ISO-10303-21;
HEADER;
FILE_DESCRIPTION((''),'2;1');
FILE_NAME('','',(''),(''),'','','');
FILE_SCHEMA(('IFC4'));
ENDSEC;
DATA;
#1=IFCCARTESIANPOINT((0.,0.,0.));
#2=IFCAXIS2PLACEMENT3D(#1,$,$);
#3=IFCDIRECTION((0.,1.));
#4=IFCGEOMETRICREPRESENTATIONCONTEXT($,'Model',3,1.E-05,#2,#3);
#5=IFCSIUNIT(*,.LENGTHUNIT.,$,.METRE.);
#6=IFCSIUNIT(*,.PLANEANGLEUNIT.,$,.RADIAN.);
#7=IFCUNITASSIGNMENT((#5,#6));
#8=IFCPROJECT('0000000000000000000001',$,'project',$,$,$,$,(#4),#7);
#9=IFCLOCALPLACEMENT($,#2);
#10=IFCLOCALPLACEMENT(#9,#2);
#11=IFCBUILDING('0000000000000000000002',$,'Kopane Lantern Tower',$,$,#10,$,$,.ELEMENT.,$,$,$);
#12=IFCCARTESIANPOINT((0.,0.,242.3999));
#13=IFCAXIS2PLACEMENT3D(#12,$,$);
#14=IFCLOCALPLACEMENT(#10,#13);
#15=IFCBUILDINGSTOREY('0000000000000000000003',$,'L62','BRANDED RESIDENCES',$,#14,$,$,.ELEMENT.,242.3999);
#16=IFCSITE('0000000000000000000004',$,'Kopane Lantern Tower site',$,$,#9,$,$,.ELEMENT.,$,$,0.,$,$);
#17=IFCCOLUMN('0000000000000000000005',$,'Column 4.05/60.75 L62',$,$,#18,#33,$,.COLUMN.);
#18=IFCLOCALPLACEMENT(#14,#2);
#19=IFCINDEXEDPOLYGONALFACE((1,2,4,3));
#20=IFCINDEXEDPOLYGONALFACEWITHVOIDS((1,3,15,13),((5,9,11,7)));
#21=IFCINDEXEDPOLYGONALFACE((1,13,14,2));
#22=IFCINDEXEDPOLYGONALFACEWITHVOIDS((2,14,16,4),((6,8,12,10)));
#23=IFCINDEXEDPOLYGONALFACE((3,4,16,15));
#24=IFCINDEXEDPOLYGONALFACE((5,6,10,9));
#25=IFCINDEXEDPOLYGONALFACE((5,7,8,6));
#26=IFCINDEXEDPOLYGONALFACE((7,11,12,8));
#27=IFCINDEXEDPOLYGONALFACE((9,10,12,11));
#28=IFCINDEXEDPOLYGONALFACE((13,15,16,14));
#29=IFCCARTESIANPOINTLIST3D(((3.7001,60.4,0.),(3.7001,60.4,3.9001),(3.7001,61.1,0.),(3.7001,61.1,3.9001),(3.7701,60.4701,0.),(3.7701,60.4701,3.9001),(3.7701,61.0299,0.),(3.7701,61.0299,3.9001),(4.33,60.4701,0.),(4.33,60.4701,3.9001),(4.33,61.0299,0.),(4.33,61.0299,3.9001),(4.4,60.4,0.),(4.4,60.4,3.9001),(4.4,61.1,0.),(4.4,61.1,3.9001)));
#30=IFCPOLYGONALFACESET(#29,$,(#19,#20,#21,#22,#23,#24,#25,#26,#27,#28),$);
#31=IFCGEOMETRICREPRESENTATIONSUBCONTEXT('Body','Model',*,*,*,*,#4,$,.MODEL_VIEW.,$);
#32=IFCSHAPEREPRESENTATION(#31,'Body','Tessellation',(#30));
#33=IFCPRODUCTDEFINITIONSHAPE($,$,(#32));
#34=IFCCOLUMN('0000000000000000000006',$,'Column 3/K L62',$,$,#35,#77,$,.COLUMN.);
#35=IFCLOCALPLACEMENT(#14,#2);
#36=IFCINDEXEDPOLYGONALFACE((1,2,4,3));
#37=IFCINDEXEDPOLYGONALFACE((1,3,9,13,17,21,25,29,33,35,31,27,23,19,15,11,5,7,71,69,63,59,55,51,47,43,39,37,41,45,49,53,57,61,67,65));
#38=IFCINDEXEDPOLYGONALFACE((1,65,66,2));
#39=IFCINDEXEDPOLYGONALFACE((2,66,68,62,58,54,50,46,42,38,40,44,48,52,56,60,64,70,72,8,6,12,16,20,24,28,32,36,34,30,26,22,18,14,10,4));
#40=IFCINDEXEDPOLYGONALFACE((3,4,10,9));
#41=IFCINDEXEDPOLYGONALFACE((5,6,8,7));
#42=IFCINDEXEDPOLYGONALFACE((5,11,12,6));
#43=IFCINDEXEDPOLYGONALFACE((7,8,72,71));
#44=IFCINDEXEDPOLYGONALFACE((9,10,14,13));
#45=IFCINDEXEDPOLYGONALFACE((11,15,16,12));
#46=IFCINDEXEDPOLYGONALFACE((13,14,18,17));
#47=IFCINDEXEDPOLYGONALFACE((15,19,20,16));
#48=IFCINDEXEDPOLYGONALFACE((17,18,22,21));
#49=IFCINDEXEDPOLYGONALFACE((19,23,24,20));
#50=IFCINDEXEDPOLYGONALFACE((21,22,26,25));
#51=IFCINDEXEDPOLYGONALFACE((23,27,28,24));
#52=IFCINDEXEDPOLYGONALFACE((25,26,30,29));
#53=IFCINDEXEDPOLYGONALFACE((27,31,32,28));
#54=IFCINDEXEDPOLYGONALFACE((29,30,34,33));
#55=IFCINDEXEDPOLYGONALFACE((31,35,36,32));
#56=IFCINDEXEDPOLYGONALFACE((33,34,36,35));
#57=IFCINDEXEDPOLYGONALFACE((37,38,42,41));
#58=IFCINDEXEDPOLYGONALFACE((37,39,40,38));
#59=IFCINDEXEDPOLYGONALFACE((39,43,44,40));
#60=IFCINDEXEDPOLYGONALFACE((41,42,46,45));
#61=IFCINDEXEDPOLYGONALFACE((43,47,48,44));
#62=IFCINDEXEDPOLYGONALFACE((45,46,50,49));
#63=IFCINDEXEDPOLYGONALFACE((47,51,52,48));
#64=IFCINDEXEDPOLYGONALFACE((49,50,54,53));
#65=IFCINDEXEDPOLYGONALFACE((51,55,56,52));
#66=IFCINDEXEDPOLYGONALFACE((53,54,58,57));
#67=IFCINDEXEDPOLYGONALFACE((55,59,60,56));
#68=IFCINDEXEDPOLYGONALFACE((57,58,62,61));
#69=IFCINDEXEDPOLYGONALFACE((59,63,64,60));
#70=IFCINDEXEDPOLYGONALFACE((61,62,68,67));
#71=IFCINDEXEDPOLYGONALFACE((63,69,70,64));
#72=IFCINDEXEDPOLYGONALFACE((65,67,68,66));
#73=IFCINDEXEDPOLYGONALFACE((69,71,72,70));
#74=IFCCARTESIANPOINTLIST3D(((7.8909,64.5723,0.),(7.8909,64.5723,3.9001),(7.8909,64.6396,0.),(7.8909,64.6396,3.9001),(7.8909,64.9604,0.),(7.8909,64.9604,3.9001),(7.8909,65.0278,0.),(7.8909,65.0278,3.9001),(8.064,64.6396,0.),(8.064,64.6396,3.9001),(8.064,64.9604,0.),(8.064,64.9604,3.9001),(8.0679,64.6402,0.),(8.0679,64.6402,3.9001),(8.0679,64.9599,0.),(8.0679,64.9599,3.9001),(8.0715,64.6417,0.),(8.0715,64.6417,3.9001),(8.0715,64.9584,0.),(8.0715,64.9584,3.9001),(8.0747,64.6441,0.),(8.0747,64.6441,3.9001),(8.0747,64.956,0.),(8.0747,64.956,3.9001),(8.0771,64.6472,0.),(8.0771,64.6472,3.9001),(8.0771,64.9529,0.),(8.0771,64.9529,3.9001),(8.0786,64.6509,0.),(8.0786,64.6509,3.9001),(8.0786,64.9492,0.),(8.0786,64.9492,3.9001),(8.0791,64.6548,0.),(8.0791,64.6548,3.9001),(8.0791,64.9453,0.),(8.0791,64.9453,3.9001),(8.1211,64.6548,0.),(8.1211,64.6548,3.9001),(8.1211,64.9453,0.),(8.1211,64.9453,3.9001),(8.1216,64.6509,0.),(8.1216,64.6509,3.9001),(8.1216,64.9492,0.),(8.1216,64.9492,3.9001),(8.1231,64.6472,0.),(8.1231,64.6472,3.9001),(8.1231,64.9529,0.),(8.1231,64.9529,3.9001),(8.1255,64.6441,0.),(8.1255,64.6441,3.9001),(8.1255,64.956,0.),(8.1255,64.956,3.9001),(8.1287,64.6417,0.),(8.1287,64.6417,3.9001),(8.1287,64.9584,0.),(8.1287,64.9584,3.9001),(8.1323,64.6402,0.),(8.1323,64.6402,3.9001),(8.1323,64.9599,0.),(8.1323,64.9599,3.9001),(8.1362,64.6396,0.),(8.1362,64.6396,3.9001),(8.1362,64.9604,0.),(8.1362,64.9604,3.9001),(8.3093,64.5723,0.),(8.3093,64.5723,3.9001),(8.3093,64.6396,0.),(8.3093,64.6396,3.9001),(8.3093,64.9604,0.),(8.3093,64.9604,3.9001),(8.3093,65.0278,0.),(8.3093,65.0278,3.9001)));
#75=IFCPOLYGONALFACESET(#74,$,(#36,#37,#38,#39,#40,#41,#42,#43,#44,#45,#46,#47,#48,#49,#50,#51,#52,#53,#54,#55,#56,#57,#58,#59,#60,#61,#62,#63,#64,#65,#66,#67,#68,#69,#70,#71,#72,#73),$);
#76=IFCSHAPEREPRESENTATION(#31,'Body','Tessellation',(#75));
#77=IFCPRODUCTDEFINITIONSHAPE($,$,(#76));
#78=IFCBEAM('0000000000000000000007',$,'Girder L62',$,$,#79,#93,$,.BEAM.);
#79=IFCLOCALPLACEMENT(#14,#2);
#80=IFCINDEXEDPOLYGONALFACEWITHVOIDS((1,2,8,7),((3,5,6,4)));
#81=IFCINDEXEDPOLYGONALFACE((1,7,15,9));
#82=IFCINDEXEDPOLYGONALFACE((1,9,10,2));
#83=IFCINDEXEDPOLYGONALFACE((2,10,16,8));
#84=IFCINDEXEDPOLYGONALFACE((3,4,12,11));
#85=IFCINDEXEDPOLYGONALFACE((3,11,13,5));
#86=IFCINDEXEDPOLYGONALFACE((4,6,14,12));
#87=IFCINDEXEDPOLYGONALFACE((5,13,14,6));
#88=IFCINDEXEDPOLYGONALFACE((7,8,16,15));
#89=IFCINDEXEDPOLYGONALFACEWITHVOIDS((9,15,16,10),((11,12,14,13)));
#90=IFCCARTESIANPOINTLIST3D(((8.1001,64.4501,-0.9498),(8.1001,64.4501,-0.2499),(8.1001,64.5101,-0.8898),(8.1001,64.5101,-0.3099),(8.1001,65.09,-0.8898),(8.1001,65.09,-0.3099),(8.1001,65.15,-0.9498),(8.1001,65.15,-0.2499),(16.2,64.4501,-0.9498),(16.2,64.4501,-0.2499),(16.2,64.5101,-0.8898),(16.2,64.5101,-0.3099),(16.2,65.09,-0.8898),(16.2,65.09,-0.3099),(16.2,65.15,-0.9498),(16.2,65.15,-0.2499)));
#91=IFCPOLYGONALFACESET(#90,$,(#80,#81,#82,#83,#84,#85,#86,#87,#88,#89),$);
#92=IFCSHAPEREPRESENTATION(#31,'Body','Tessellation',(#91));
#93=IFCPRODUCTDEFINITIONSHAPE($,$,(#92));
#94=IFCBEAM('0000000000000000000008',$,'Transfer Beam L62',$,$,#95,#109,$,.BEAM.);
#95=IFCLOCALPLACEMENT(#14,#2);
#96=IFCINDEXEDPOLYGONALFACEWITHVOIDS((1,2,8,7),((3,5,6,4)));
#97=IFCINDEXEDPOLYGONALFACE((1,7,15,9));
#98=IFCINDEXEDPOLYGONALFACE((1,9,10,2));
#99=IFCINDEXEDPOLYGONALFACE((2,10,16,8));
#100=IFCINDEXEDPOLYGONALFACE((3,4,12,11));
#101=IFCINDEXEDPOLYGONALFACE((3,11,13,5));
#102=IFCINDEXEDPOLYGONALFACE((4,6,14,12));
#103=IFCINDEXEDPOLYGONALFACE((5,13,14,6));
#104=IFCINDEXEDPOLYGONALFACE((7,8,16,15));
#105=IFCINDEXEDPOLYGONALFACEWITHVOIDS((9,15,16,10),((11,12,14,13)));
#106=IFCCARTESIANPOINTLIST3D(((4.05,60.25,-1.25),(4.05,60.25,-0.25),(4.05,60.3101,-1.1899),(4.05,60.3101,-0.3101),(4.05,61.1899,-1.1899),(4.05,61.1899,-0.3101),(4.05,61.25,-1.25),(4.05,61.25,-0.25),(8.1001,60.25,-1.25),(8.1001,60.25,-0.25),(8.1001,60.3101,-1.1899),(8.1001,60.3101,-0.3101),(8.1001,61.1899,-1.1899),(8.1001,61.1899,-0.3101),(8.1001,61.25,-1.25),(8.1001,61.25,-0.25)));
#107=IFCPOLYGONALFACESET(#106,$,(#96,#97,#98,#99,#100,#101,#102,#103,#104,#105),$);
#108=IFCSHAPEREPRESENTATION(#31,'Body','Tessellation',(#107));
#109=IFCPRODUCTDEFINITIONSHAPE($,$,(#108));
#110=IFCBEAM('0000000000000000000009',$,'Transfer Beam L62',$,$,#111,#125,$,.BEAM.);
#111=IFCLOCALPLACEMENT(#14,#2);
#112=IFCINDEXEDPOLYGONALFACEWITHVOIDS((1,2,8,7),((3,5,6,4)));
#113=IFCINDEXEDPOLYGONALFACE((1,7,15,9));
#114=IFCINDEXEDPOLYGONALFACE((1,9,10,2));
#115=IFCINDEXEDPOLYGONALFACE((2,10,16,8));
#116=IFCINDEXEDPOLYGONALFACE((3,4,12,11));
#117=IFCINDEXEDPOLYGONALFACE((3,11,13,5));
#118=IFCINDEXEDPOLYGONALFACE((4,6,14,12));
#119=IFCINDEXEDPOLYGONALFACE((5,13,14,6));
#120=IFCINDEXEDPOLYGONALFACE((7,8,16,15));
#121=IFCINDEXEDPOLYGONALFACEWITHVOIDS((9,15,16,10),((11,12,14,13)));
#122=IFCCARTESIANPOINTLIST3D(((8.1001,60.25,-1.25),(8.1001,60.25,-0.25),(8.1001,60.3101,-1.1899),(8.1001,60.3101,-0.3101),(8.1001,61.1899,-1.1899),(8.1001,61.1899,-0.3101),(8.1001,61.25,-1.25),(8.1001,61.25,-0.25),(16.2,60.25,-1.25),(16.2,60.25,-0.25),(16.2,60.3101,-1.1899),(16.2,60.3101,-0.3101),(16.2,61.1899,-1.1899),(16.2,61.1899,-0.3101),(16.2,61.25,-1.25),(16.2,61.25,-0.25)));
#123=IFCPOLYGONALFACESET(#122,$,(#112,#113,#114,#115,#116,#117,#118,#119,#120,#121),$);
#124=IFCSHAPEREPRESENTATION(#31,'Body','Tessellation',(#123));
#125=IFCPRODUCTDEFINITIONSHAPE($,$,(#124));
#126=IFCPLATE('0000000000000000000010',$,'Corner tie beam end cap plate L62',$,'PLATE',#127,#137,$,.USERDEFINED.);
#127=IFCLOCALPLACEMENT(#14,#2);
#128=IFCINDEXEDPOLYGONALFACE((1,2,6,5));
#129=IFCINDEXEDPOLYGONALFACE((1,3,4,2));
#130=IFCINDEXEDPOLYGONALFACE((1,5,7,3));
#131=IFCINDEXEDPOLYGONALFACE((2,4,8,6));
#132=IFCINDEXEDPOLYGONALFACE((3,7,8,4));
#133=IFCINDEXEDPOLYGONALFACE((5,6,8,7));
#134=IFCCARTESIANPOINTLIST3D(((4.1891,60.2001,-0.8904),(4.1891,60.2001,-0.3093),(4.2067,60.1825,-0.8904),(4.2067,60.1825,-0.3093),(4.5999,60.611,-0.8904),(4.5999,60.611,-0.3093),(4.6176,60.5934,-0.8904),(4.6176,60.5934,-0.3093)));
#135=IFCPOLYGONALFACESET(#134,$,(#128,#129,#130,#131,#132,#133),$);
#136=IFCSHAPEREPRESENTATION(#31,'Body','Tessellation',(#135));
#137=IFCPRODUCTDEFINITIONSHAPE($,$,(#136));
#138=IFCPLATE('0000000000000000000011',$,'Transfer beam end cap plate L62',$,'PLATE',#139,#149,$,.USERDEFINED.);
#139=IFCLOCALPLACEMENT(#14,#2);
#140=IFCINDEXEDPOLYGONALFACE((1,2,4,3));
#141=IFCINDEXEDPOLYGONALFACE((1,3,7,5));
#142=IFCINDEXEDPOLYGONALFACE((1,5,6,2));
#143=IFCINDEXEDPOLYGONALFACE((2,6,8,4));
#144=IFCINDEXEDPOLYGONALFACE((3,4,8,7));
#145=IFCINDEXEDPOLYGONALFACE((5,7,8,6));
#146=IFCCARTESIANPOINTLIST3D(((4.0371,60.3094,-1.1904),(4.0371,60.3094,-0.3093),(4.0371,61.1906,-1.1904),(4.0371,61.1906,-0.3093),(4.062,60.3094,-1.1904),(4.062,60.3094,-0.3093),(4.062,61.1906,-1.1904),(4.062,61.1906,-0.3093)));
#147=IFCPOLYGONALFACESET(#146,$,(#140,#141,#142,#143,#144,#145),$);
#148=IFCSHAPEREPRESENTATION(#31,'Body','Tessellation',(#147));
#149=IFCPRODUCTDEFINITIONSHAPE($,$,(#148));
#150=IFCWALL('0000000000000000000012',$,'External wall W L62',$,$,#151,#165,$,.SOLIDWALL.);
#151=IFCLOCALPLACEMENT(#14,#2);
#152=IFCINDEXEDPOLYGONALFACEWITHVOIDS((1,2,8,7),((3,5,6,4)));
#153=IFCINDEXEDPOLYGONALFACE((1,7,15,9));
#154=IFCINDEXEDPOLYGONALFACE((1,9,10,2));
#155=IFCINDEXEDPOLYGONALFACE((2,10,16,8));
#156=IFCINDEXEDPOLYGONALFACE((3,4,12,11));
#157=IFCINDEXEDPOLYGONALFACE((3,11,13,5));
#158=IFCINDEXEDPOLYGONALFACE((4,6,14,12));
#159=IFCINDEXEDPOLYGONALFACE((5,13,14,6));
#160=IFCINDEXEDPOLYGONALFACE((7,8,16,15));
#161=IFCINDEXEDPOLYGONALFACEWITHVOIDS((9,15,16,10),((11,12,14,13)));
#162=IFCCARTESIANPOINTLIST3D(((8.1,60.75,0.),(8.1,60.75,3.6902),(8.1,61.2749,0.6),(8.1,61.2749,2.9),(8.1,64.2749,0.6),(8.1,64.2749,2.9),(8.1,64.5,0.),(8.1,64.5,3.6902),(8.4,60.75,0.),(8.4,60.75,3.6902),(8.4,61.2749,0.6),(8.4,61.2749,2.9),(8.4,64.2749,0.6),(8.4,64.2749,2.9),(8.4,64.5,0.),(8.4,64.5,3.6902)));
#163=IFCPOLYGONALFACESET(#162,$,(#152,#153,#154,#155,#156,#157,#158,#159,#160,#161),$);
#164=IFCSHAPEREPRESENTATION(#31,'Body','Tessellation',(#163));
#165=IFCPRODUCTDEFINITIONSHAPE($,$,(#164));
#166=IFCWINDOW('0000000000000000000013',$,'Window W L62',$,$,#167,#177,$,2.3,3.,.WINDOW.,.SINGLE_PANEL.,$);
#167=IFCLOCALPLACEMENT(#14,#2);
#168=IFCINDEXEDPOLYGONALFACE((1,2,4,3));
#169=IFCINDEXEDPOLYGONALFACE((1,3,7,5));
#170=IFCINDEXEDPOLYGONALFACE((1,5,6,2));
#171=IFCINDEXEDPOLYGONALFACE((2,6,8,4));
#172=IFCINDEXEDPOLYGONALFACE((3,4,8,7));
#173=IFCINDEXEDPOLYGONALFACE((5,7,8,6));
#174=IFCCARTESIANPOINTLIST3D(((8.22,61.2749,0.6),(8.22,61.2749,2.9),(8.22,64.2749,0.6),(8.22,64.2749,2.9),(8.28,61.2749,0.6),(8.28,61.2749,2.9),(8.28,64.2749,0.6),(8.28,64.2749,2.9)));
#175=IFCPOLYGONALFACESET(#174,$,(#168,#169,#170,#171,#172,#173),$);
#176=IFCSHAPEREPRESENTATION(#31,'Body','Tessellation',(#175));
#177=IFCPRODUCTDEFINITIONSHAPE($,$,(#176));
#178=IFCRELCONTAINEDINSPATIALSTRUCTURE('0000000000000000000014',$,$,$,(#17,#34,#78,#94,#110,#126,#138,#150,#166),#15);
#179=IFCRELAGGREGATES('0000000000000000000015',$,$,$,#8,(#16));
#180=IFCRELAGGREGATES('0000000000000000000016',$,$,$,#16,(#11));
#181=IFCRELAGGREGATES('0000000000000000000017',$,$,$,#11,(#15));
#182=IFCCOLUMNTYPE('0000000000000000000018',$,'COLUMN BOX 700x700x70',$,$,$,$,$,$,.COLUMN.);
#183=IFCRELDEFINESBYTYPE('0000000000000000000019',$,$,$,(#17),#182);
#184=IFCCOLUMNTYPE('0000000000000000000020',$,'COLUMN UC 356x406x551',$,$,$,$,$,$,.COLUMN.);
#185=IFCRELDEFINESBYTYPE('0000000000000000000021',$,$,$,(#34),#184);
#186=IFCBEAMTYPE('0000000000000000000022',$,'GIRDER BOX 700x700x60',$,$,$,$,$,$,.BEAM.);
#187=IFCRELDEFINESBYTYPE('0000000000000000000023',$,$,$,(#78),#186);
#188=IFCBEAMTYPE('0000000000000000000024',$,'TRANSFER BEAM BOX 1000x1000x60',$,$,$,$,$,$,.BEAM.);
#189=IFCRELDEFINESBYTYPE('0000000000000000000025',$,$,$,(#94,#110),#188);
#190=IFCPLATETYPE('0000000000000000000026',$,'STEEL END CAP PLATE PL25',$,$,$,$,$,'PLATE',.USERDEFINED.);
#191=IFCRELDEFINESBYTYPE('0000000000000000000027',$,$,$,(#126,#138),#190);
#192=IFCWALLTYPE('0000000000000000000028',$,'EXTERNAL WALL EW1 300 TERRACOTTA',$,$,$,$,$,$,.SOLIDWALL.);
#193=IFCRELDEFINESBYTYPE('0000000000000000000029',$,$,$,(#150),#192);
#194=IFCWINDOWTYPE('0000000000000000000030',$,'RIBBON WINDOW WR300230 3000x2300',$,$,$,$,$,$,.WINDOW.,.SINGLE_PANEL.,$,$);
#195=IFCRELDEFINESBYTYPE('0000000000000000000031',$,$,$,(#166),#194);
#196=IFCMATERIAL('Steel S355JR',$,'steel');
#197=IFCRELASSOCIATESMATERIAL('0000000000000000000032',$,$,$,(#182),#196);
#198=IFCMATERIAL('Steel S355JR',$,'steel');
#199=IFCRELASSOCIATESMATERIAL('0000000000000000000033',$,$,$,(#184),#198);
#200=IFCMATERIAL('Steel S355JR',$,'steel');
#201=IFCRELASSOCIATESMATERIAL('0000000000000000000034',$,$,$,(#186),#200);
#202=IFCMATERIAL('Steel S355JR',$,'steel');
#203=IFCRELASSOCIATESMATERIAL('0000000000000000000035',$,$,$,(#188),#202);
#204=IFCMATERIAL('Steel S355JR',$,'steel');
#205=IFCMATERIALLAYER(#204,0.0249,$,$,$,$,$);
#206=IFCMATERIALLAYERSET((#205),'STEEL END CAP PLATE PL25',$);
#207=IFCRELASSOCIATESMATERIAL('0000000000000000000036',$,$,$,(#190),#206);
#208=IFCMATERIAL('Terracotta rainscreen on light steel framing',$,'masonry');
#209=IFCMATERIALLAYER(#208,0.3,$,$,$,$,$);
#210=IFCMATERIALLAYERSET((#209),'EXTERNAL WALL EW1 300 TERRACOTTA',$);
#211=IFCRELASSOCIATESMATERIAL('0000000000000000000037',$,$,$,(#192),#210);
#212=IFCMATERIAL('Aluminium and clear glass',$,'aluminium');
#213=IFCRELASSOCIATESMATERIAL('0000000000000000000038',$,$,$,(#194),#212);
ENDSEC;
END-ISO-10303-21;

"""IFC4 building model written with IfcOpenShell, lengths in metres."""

from ifc_helpers import new_model, si_unit, direction, frame, frame_2d, origin, origin_2d, place, context, subcontext, project, spatial, rectangle, hollow_rectangle, i_section, extrude, material, layer, layer_set, material_profile, profile_set, type_object, element, fill, save


model = new_model("IFC4")

# Units and contexts
model_context = context("Model", 3, precision=1e-05, world=origin(), true_north=direction((0.0, 1.0)))
body_context = subcontext(model_context, "Body", "Model", "MODEL_VIEW")
ifc_project = project(units=[si_unit("LENGTHUNIT", "METRE"), si_unit("PLANEANGLEUNIT", "RADIAN")], contexts=[model_context])

# Site, building, storey
site_placement = place(None, origin())
site = spatial("IfcSite", under=ifc_project, at=site_placement, Name="Kopane Lantern Tower site", CompositionType="ELEMENT", RefElevation=0.0)
building_placement = place(site_placement, origin())
building = spatial("IfcBuilding", under=site, at=building_placement, Name="Kopane Lantern Tower", CompositionType="ELEMENT")
storey_placement = place(building_placement, frame((0.0, 0.0, 242.3999)))
storey = spatial("IfcBuildingStorey", under=building, at=storey_placement, Name="L62", Description="BRANDED RESIDENCES", CompositionType="ELEMENT", Elevation=242.3999)

# Columns
ifc_material_1 = material(Name="Steel S355JR", Category="steel")
ifc_material_profile_1 = material_profile(ifc_material_1, hollow_rectangle(XDim=0.7, YDim=0.7, WallThickness=0.0701, at=origin_2d()), Name="BOX 700x700x70")
ifc_profile_set_1 = profile_set([ifc_material_profile_1], Name="Steel S355JR")
column_type_1 = type_object("IfcColumnType", Name="COLUMN BOX 700x700x70", PredefinedType="COLUMN", material=ifc_profile_set_1)
column_1_placement = place(storey_placement, frame((4.05, 60.75, 0.0), z_axis=(0.0, 0.0, 1.0), x_axis=(1.0, 0.0, 0.0)))
element("IfcColumn", 1, at=column_1_placement, inside=storey, type_object=column_type_1, Name="Column 4.05/60.75 L62", PredefinedType="COLUMN", context=body_context, shape_type="SweptSolid", body=[
    extrude(hollow_rectangle(XDim=0.7, YDim=0.7, WallThickness=0.0701, at=origin_2d()), origin(), (0.0, 0.0, 1.0), 3.9001),
])
ifc_material_2 = material(Name="Steel S355JR", Category="steel")
ifc_material_profile_2 = material_profile(ifc_material_2, i_section(OverallWidth=0.4185, OverallDepth=0.4556, WebThickness=0.042, FlangeThickness=0.0674, FilletRadius=0.0151, at=origin_2d()), Name="UC 356x406x551")
ifc_profile_set_2 = profile_set([ifc_material_profile_2], Name="Steel S355JR")
column_type_2 = type_object("IfcColumnType", Name="COLUMN UC 356x406x551", PredefinedType="COLUMN", material=ifc_profile_set_2)
column_2_placement = place(storey_placement, frame((8.1001, 64.8, 0.0), z_axis=(0.0, 0.0, 1.0), x_axis=(1.0, 0.0, 0.0)))
element("IfcColumn", 2, at=column_2_placement, inside=storey, type_object=column_type_2, Name="Column 3/K L62", PredefinedType="COLUMN", context=body_context, shape_type="SweptSolid", body=[
    extrude(i_section(OverallWidth=0.4185, OverallDepth=0.4556, WebThickness=0.042, FlangeThickness=0.0674, FilletRadius=0.0151, at=origin_2d()), origin(), (0.0, 0.0, 1.0), 3.9001),
])

# Beams
ifc_material_3 = material(Name="Steel S355JR", Category="steel")
ifc_material_profile_3 = material_profile(ifc_material_3, hollow_rectangle(XDim=0.7, YDim=0.7, WallThickness=0.0601, at=origin_2d()), Name="BOX 700x700x60")
ifc_profile_set_3 = profile_set([ifc_material_profile_3], Name="Steel S355JR")
beam_type_1 = type_object("IfcBeamType", Name="GIRDER BOX 700x700x60", PredefinedType="BEAM", material=ifc_profile_set_3)
beam_1_placement = place(storey_placement, frame((8.1001, 64.8, -0.5999), z_axis=(1.0, 0.0, 0.0), x_axis=(0.0, 1.0, 0.0)))
element("IfcBeam", 3, at=beam_1_placement, inside=storey, type_object=beam_type_1, Name="Girder L62", PredefinedType="BEAM", context=body_context, shape_type="SweptSolid", body=[
    extrude(hollow_rectangle(XDim=0.7, YDim=0.7, WallThickness=0.0601, at=origin_2d()), origin(), (0.0, 0.0, 1.0), 8.0999),
])
ifc_material_4 = material(Name="Steel S355JR", Category="steel")
ifc_material_profile_4 = material_profile(ifc_material_4, hollow_rectangle(XDim=1.0, YDim=1.0, WallThickness=0.0601, at=origin_2d()), Name="BOX 1000x1000x60")
ifc_profile_set_4 = profile_set([ifc_material_profile_4], Name="Steel S355JR")
beam_type_2 = type_object("IfcBeamType", Name="TRANSFER BEAM BOX 1000x1000x60", PredefinedType="BEAM", material=ifc_profile_set_4)
beam_2_placement = place(storey_placement, frame((4.05, 60.75, -0.75), z_axis=(1.0, 0.0, 0.0), x_axis=(0.0, 1.0, 0.0)))
element("IfcBeam", 4, at=beam_2_placement, inside=storey, type_object=beam_type_2, Name="Transfer Beam L62", PredefinedType="BEAM", context=body_context, shape_type="SweptSolid", body=[
    extrude(hollow_rectangle(XDim=1.0, YDim=1.0, WallThickness=0.0601, at=origin_2d()), origin(), (0.0, 0.0, 1.0), 4.05),
])
beam_3_placement = place(storey_placement, frame((8.1001, 60.75, -0.75), z_axis=(1.0, 0.0, 0.0), x_axis=(0.0, 1.0, 0.0)))
element("IfcBeam", 5, at=beam_3_placement, inside=storey, type_object=beam_type_2, Name="Transfer Beam L62", PredefinedType="BEAM", context=body_context, shape_type="SweptSolid", body=[
    extrude(hollow_rectangle(XDim=1.0, YDim=1.0, WallThickness=0.0601, at=origin_2d()), origin(), (0.0, 0.0, 1.0), 8.0999),
])

# Plates
ifc_material_5 = material(Name="Steel S355JR", Category="steel")
ifc_layer_1 = layer(ifc_material_5, 0.0249)
ifc_layer_set_1 = layer_set([ifc_layer_1], Name="STEEL END CAP PLATE PL25")
plate_type = type_object("IfcPlateType", Name="STEEL END CAP PLATE PL25", ElementType="PLATE", PredefinedType="USERDEFINED", material=ifc_layer_set_1)
plate_1_placement = place(storey_placement, frame((4.4033, 60.3967, -0.8904), z_axis=(0.0, 0.0, 1.0), x_axis=(-0.707107, 0.707107, 0.0)))
element("IfcPlate", 6, at=plate_1_placement, inside=storey, type_object=plate_type, Name="Corner tie beam end cap plate L62", ObjectType="PLATE", PredefinedType="USERDEFINED", context=body_context, shape_type="SweptSolid", body=[
    extrude(rectangle(XDim=0.0249, YDim=0.5811, at=origin_2d()), origin(), (0.0, 0.0, 1.0), 0.5811),
])
plate_2_placement = place(storey_placement, frame((4.0496, 60.75, -1.1904), z_axis=(0.0, 0.0, 1.0), x_axis=(1.0, 0.0, 0.0)))
element("IfcPlate", 7, at=plate_2_placement, inside=storey, type_object=plate_type, Name="Transfer beam end cap plate L62", ObjectType="PLATE", PredefinedType="USERDEFINED", context=body_context, shape_type="SweptSolid", body=[
    extrude(rectangle(XDim=0.0249, YDim=0.8811, at=origin_2d()), origin(), (0.0, 0.0, 1.0), 0.8811),
])

# Wall, opening, window
ifc_material_6 = material(Name="Terracotta rainscreen on light steel framing", Category="masonry")
ifc_layer_2 = layer(ifc_material_6, 0.3)
ifc_layer_set_2 = layer_set([ifc_layer_2], Name="EXTERNAL WALL EW1 300 TERRACOTTA")
wall_type = type_object("IfcWallType", Name="EXTERNAL WALL EW1 300 TERRACOTTA", PredefinedType="SOLIDWALL", material=ifc_layer_set_2)
wall_1_placement = place(storey_placement, frame((8.25, 64.5, 0.0), z_axis=(0.0, 0.0, 1.0), x_axis=(0.0, -1.0, 0.0)))
wall_1 = element("IfcWall", 8, at=wall_1_placement, inside=storey, type_object=wall_type, Name="External wall W L62", PredefinedType="SOLIDWALL", context=body_context, shape_type="SweptSolid", body=[
    extrude(rectangle(XDim=3.75, YDim=0.3, at=frame_2d((1.875, 0.0))), origin(), (0.0, 0.0, 1.0), 3.6902),
])
opening_1_placement = place(wall_1_placement, frame((0.2251, 0.0, 0.6001)))
opening_1 = element("IfcOpeningElement", 9, at=opening_1_placement, cuts=wall_1, PredefinedType="OPENING", context=body_context, shape_type="SweptSolid", body=[
    extrude(rectangle(XDim=3.0, YDim=2.3, at=frame_2d((1.5, 1.1499))), frame((0.0, 0.1599, 0.0), z_axis=(0.0, -1.0, 0.0), x_axis=(1.0, 0.0, 0.0)), (0.0, 0.0, 1.0), 0.3201),
])
ifc_material_7 = material(Name="Aluminium and clear glass", Category="aluminium")
window_type = type_object("IfcWindowType", Name="RIBBON WINDOW WR300230 3000x2300", PartitioningType="SINGLE_PANEL", PredefinedType="WINDOW", material=ifc_material_7)
window_1_placement = place(opening_1_placement, origin())
window_1 = element("IfcWindow", 10, at=window_1_placement, inside=storey, type_object=window_type, Name="Window W L62", OverallHeight=2.3, OverallWidth=3.0, PartitioningType="SINGLE_PANEL", PredefinedType="WINDOW", context=body_context, shape_type="SweptSolid", body=[
    extrude(rectangle(XDim=3.0, YDim=2.3, at=frame_2d((1.5, 1.1499))), frame((0.0, 0.03, 0.0), z_axis=(0.0, -1.0, 0.0), x_axis=(1.0, 0.0, 0.0)), (0.0, 0.0, 1.0), 0.0601),
])
fill(opening_1, window_1)

save(model, "model.ifc")
